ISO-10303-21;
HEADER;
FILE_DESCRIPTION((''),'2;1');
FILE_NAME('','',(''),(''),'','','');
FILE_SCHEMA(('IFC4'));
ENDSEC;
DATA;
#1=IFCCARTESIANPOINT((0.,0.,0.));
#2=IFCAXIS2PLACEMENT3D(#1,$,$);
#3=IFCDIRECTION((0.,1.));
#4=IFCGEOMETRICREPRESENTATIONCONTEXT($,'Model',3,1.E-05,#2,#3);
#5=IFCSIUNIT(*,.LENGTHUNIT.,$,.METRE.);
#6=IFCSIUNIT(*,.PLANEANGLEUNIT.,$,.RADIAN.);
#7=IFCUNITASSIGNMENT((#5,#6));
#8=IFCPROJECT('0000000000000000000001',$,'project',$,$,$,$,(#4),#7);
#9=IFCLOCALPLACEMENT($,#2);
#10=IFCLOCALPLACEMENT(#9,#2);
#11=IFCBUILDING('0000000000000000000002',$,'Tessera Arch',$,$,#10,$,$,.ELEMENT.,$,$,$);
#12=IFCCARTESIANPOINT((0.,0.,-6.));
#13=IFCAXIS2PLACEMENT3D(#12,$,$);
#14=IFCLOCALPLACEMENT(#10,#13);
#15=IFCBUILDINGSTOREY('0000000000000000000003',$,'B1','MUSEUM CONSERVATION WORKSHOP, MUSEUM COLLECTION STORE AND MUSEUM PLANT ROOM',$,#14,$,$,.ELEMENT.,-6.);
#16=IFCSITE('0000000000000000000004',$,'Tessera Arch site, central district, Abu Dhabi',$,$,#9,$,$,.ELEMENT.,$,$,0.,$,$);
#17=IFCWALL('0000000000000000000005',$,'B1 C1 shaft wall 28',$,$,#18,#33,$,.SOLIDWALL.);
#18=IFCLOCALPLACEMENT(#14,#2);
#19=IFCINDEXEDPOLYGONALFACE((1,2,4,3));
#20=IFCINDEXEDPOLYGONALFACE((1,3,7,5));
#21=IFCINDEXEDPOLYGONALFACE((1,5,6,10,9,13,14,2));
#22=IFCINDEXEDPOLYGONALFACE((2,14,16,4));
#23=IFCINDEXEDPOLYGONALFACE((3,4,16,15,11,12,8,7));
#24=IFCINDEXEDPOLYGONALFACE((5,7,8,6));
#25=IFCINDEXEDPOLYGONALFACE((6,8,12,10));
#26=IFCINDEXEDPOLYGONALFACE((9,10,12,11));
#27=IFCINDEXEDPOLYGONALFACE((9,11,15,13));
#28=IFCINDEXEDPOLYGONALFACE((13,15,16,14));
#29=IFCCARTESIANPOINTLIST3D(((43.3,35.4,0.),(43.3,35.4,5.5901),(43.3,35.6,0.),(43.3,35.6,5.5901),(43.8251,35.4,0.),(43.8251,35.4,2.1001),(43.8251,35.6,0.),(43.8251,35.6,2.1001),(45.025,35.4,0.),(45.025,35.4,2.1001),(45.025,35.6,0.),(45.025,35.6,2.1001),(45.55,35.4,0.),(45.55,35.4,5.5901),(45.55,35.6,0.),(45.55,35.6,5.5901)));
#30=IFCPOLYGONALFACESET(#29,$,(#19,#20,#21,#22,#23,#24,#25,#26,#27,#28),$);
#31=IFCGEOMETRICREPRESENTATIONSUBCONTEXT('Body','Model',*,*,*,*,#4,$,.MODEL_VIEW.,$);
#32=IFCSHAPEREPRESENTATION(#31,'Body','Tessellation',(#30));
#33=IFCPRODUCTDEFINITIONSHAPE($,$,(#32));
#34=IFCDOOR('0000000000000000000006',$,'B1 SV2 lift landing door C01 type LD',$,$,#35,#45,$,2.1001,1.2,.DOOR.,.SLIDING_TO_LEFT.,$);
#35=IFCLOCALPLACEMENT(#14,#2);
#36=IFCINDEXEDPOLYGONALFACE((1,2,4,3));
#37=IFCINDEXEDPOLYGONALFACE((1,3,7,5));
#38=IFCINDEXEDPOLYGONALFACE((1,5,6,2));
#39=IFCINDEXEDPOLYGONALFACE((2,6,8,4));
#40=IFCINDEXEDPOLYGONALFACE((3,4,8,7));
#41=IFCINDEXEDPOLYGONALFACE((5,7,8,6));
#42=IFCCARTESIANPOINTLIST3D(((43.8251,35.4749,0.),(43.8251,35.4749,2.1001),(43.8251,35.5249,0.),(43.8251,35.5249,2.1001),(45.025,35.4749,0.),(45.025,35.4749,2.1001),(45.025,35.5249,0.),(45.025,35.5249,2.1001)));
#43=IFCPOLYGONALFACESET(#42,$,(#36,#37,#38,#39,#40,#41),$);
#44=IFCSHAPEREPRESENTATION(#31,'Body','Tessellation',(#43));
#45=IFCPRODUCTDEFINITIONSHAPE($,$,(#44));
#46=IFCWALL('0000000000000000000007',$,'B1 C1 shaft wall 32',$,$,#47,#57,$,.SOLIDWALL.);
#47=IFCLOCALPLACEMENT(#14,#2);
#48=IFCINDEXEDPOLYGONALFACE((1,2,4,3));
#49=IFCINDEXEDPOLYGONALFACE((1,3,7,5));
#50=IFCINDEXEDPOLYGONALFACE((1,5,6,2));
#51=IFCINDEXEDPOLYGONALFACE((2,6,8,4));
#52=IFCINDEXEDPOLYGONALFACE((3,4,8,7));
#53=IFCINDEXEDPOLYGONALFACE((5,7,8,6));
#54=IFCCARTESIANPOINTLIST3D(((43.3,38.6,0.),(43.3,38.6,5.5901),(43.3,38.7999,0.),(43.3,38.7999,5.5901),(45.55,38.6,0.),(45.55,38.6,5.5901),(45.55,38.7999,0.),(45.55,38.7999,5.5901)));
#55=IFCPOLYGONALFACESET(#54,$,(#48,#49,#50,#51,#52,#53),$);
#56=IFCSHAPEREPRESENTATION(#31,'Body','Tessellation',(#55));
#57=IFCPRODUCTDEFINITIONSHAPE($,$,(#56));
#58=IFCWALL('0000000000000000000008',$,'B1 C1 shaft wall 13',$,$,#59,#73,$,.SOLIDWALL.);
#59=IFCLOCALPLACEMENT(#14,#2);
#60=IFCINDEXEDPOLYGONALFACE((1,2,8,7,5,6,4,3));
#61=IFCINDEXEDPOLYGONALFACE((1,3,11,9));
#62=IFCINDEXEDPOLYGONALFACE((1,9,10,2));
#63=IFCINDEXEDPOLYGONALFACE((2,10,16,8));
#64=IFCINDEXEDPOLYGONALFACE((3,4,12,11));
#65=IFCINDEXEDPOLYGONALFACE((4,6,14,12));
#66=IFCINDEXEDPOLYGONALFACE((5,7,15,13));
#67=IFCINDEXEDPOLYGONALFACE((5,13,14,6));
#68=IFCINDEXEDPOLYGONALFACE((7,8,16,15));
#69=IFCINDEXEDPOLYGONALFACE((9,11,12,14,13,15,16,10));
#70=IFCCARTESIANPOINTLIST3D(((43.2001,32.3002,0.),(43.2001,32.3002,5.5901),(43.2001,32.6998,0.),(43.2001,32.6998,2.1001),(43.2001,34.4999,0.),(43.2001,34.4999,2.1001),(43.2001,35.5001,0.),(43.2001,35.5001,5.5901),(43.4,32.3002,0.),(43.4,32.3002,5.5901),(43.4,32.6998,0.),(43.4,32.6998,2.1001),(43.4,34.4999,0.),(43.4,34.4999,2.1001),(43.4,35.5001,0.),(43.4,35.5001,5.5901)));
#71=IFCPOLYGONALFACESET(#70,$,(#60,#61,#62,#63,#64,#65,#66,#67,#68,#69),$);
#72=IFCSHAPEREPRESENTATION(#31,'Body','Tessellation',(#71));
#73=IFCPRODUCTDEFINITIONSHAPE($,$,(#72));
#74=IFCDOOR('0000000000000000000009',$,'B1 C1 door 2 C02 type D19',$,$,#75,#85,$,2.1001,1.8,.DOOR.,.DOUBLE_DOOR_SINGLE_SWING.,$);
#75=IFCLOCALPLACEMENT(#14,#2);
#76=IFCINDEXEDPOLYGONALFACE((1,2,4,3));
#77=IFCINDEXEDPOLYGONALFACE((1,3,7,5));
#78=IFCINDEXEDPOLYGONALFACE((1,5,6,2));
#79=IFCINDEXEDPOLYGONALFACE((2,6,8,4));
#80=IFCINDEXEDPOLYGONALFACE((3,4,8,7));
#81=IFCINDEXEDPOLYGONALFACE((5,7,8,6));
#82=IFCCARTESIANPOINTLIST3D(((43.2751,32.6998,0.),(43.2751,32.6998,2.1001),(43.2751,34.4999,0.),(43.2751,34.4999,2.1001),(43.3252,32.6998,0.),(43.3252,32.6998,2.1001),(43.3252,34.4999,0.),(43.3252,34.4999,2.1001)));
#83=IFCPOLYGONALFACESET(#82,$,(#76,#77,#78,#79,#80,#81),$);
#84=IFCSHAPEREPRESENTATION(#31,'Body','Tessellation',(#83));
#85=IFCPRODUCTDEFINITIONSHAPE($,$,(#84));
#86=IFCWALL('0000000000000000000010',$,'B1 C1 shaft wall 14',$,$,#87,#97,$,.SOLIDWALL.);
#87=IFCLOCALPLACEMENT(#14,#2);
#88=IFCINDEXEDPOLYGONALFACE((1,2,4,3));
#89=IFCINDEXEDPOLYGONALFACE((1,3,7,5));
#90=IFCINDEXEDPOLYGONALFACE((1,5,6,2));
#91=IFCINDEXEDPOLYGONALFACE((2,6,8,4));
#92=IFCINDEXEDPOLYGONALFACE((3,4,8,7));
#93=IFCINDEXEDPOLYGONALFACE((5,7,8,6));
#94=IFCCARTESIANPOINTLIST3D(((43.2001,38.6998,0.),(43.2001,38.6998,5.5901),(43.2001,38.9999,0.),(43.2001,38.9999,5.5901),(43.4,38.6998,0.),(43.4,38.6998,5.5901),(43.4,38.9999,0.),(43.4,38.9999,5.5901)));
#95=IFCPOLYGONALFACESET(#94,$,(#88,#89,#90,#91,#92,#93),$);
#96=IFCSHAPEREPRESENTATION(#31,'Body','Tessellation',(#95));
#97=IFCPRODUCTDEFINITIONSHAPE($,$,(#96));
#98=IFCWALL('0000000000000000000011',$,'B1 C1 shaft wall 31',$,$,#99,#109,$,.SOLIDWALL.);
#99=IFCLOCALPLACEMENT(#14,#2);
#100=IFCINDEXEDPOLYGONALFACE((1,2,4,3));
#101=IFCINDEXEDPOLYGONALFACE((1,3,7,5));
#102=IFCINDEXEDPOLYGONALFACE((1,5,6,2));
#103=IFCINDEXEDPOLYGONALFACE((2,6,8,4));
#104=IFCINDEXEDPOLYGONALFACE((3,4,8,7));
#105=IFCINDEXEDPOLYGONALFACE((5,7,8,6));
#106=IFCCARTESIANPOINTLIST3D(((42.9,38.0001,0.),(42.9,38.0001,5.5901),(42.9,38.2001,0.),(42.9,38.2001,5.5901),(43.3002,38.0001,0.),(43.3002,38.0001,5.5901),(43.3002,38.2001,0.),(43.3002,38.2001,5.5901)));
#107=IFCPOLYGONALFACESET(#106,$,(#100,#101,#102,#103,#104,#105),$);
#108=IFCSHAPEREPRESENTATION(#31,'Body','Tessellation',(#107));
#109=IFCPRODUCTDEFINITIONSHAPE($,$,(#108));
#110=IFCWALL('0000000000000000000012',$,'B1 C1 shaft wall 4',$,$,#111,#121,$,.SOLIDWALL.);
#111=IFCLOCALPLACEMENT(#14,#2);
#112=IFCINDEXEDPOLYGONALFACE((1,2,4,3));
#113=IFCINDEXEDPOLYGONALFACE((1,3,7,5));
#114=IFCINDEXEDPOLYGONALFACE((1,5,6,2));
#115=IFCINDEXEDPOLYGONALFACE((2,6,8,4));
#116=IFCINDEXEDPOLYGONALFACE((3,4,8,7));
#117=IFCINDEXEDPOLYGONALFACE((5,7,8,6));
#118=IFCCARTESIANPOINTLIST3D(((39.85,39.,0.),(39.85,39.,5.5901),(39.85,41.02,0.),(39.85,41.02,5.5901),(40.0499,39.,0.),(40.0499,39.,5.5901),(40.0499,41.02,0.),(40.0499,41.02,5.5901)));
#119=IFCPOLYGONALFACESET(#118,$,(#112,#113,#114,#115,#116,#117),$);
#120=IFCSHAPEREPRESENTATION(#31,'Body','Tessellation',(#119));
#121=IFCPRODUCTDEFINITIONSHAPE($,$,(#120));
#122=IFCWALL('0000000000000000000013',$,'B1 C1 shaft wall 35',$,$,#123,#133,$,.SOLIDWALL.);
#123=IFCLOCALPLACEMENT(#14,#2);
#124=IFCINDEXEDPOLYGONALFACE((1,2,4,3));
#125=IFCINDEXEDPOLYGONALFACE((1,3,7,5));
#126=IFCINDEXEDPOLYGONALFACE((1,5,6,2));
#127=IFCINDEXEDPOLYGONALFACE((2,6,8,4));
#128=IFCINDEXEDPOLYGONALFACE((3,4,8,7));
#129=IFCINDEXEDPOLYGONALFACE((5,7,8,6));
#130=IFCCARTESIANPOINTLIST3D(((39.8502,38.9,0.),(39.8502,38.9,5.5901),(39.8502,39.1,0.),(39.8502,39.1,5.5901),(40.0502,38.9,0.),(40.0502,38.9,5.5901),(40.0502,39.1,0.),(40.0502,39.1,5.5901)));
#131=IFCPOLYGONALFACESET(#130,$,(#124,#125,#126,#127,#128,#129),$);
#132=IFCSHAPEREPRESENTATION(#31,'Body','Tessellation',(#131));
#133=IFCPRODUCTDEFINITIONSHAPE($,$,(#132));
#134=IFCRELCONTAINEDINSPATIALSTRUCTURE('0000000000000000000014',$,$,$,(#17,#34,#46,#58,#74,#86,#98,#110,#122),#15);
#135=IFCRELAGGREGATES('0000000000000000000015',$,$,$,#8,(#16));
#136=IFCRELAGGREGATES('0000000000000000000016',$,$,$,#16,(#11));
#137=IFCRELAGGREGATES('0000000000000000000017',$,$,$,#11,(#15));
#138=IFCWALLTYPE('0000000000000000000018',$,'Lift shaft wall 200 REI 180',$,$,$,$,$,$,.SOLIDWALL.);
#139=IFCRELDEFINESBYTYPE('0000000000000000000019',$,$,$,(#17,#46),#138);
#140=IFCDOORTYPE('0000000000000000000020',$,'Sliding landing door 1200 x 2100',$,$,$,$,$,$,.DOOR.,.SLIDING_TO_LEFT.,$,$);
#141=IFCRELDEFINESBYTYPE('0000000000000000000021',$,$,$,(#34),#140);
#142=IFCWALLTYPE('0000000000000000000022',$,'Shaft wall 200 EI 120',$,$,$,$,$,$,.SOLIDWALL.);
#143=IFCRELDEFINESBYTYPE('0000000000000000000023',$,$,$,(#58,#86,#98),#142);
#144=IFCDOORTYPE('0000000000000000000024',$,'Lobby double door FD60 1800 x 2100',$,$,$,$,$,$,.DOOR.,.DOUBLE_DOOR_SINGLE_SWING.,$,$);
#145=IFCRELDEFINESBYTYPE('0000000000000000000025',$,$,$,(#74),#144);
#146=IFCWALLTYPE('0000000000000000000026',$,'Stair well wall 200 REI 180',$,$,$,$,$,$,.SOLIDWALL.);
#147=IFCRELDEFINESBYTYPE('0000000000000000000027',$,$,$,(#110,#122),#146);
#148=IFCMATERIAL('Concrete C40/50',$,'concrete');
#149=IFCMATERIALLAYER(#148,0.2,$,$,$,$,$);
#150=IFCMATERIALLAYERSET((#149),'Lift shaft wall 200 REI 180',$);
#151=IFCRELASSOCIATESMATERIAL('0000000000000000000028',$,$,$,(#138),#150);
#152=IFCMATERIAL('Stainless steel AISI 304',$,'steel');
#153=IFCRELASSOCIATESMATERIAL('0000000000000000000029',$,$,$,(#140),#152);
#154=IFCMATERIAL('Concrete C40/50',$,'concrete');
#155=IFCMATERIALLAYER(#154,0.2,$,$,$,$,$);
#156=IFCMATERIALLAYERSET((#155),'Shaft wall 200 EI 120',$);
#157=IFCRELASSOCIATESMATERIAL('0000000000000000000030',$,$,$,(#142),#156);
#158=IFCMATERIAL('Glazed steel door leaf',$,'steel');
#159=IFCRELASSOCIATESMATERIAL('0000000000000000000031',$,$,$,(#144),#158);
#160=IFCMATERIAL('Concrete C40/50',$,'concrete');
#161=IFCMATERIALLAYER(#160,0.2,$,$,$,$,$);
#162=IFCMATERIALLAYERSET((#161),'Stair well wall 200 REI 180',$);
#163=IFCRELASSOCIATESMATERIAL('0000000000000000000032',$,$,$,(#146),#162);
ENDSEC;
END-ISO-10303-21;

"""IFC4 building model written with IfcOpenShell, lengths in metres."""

from ifc_helpers import new_model, si_unit, direction, frame, frame_2d, origin, place, context, subcontext, project, spatial, rectangle, extrude, material, layer, layer_set, type_object, element, fill, save


model = new_model("IFC4")

# Units and contexts
model_context = context("Model", 3, precision=1e-05, world=origin(), true_north=direction((0.0, 1.0)))
body_context = subcontext(model_context, "Body", "Model", "MODEL_VIEW")
ifc_project = project(units=[si_unit("LENGTHUNIT", "METRE"), si_unit("PLANEANGLEUNIT", "RADIAN")], contexts=[model_context])

# Site, building, storey
site_placement = place(None, origin())
site = spatial("IfcSite", under=ifc_project, at=site_placement, Name="Tessera Arch site, central district, Abu Dhabi", CompositionType="ELEMENT", RefElevation=0.0)
building_placement = place(site_placement, origin())
building = spatial("IfcBuilding", under=site, at=building_placement, Name="Tessera Arch", CompositionType="ELEMENT")
storey_placement = place(building_placement, frame((0.0, 0.0, -6.0)))
storey = spatial("IfcBuildingStorey", under=building, at=storey_placement, Name="B1", Description="MUSEUM CONSERVATION WORKSHOP, MUSEUM COLLECTION STORE AND MUSEUM PLANT ROOM", CompositionType="ELEMENT", Elevation=-6.0)

# Shared definitions
ifc_material_1 = material(Name="Concrete C40/50", Category="concrete")
ifc_layer_1 = layer(ifc_material_1, 0.2)
ifc_layer_set_1 = layer_set([ifc_layer_1], Name="Lift shaft wall 200 REI 180")
wall_type_1 = type_object("IfcWallType", Name="Lift shaft wall 200 REI 180", PredefinedType="SOLIDWALL", material=ifc_layer_set_1)

# Wall, opening, door
wall_1_placement = place(storey_placement, frame((43.3, 35.5, 0.0), z_axis=(0.0, 0.0, 1.0), x_axis=(1.0, 0.0, 0.0)))
wall_1 = element("IfcWall", 1, at=wall_1_placement, inside=storey, type_object=wall_type_1, Name="B1 C1 shaft wall 28", PredefinedType="SOLIDWALL", context=body_context, shape_type="SweptSolid", body=[
    extrude(rectangle(XDim=2.25, YDim=0.2, at=frame_2d((1.125, 0.0))), origin(), (0.0, 0.0, 1.0), 5.5901),
])
opening_1_placement = place(wall_1_placement, frame((0.5249, 0.0, 0.0)))
opening_1 = element("IfcOpeningElement", 2, at=opening_1_placement, cuts=wall_1, PredefinedType="OPENING", context=body_context, shape_type="SweptSolid", body=[
    extrude(rectangle(XDim=1.2, YDim=2.1001, at=frame_2d((0.6001, 1.05))), frame((0.0, 0.1099, 0.0), z_axis=(0.0, -1.0, 0.0), x_axis=(1.0, 0.0, 0.0)), (0.0, 0.0, 1.0), 0.22),
])
ifc_material_2 = material(Name="Stainless steel AISI 304", Category="steel")
door_type_1 = type_object("IfcDoorType", Name="Sliding landing door 1200 x 2100", OperationType="SLIDING_TO_LEFT", PredefinedType="DOOR", material=ifc_material_2)
door_1_placement = place(opening_1_placement, origin())
door_1 = element("IfcDoor", 3, at=door_1_placement, inside=storey, type_object=door_type_1, Name="B1 SV2 lift landing door C01 type LD", OperationType="SLIDING_TO_LEFT", OverallHeight=2.1001, OverallWidth=1.2, PredefinedType="DOOR", context=body_context, shape_type="SweptSolid", body=[
    extrude(rectangle(XDim=1.2, YDim=2.1001, at=frame_2d((0.6001, 1.05))), frame((0.0, 0.0249, 0.0), z_axis=(0.0, -1.0, 0.0), x_axis=(1.0, 0.0, 0.0)), (0.0, 0.0, 1.0), 0.05),
])
fill(opening_1, door_1)

# Wall
wall_2_placement = place(storey_placement, frame((43.3, 38.7, 0.0), z_axis=(0.0, 0.0, 1.0), x_axis=(1.0, 0.0, 0.0)))
element("IfcWall", 4, at=wall_2_placement, inside=storey, type_object=wall_type_1, Name="B1 C1 shaft wall 32", PredefinedType="SOLIDWALL", context=body_context, shape_type="SweptSolid", body=[
    extrude(rectangle(XDim=2.25, YDim=0.2, at=frame_2d((1.125, 0.0))), origin(), (0.0, 0.0, 1.0), 5.5901),
])

# Wall, opening, door
ifc_material_3 = material(Name="Concrete C40/50", Category="concrete")
ifc_layer_2 = layer(ifc_material_3, 0.2)
ifc_layer_set_2 = layer_set([ifc_layer_2], Name="Shaft wall 200 EI 120")
wall_type_2 = type_object("IfcWallType", Name="Shaft wall 200 EI 120", PredefinedType="SOLIDWALL", material=ifc_layer_set_2)
wall_3_placement = place(storey_placement, frame((43.3, 32.3, 0.0), z_axis=(0.0, 0.0, 1.0), x_axis=(0.0, 1.0, 0.0)))
wall_3 = element("IfcWall", 5, at=wall_3_placement, inside=storey, type_object=wall_type_2, Name="B1 C1 shaft wall 13", PredefinedType="SOLIDWALL", context=body_context, shape_type="SweptSolid", body=[
    extrude(rectangle(XDim=3.2, YDim=0.2, at=frame_2d((1.6001, 0.0))), origin(), (0.0, 0.0, 1.0), 5.5901),
])
opening_2_placement = place(wall_3_placement, frame((0.3999, 0.0, 0.0)))
opening_2 = element("IfcOpeningElement", 6, at=opening_2_placement, cuts=wall_3, PredefinedType="OPENING", context=body_context, shape_type="SweptSolid", body=[
    extrude(rectangle(XDim=1.8, YDim=2.1001, at=frame_2d((0.8999, 1.05))), frame((0.0, 0.1099, 0.0), z_axis=(0.0, -1.0, 0.0), x_axis=(1.0, 0.0, 0.0)), (0.0, 0.0, 1.0), 0.22),
])
ifc_material_4 = material(Name="Glazed steel door leaf", Category="steel")
door_type_2 = type_object("IfcDoorType", Name="Lobby double door FD60 1800 x 2100", OperationType="DOUBLE_DOOR_SINGLE_SWING", PredefinedType="DOOR", material=ifc_material_4)
door_2_placement = place(opening_2_placement, origin())
door_2 = element("IfcDoor", 7, at=door_2_placement, inside=storey, type_object=door_type_2, Name="B1 C1 door 2 C02 type D19", OperationType="DOUBLE_DOOR_SINGLE_SWING", OverallHeight=2.1001, OverallWidth=1.8, PredefinedType="DOOR", context=body_context, shape_type="SweptSolid", body=[
    extrude(rectangle(XDim=1.8, YDim=2.1001, at=frame_2d((0.8999, 1.05))), frame((0.0, 0.0249, 0.0), z_axis=(0.0, -1.0, 0.0), x_axis=(1.0, 0.0, 0.0)), (0.0, 0.0, 1.0), 0.05),
])
fill(opening_2, door_2)

# Walls
wall_4_placement = place(storey_placement, frame((43.3, 38.7, 0.0), z_axis=(0.0, 0.0, 1.0), x_axis=(0.0, 1.0, 0.0)))
element("IfcWall", 8, at=wall_4_placement, inside=storey, type_object=wall_type_2, Name="B1 C1 shaft wall 14", PredefinedType="SOLIDWALL", context=body_context, shape_type="SweptSolid", body=[
    extrude(rectangle(XDim=0.3, YDim=0.2, at=frame_2d((0.1499, 0.0))), origin(), (0.0, 0.0, 1.0), 5.5901),
])
wall_5_placement = place(storey_placement, frame((42.8999, 38.1001, 0.0), z_axis=(0.0, 0.0, 1.0), x_axis=(1.0, 0.0, 0.0)))
element("IfcWall", 9, at=wall_5_placement, inside=storey, type_object=wall_type_2, Name="B1 C1 shaft wall 31", PredefinedType="SOLIDWALL", context=body_context, shape_type="SweptSolid", body=[
    extrude(rectangle(XDim=0.4001, YDim=0.2, at=frame_2d((0.2002, 0.0))), origin(), (0.0, 0.0, 1.0), 5.5901),
])
ifc_material_5 = material(Name="Concrete C40/50", Category="concrete")
ifc_layer_3 = layer(ifc_material_5, 0.2)
ifc_layer_set_3 = layer_set([ifc_layer_3], Name="Stair well wall 200 REI 180")
wall_type_3 = type_object("IfcWallType", Name="Stair well wall 200 REI 180", PredefinedType="SOLIDWALL", material=ifc_layer_set_3)
wall_6_placement = place(storey_placement, frame((39.95, 39.0, 0.0), z_axis=(0.0, 0.0, 1.0), x_axis=(0.0, 1.0, 0.0)))
element("IfcWall", 10, at=wall_6_placement, inside=storey, type_object=wall_type_3, Name="B1 C1 shaft wall 4", PredefinedType="SOLIDWALL", context=body_context, shape_type="SweptSolid", body=[
    extrude(rectangle(XDim=2.02, YDim=0.2, at=frame_2d((1.01, 0.0))), origin(), (0.0, 0.0, 1.0), 5.5901),
])
wall_7_placement = place(storey_placement, frame((39.8501, 39.0, 0.0), z_axis=(0.0, 0.0, 1.0), x_axis=(1.0, 0.0, 0.0)))
element("IfcWall", 11, at=wall_7_placement, inside=storey, type_object=wall_type_3, Name="B1 C1 shaft wall 35", PredefinedType="SOLIDWALL", context=body_context, shape_type="SweptSolid", body=[
    extrude(rectangle(XDim=0.2, YDim=0.2, at=frame_2d((0.1001, 0.0))), origin(), (0.0, 0.0, 1.0), 5.5901),
])

save(model, "model.ifc")
